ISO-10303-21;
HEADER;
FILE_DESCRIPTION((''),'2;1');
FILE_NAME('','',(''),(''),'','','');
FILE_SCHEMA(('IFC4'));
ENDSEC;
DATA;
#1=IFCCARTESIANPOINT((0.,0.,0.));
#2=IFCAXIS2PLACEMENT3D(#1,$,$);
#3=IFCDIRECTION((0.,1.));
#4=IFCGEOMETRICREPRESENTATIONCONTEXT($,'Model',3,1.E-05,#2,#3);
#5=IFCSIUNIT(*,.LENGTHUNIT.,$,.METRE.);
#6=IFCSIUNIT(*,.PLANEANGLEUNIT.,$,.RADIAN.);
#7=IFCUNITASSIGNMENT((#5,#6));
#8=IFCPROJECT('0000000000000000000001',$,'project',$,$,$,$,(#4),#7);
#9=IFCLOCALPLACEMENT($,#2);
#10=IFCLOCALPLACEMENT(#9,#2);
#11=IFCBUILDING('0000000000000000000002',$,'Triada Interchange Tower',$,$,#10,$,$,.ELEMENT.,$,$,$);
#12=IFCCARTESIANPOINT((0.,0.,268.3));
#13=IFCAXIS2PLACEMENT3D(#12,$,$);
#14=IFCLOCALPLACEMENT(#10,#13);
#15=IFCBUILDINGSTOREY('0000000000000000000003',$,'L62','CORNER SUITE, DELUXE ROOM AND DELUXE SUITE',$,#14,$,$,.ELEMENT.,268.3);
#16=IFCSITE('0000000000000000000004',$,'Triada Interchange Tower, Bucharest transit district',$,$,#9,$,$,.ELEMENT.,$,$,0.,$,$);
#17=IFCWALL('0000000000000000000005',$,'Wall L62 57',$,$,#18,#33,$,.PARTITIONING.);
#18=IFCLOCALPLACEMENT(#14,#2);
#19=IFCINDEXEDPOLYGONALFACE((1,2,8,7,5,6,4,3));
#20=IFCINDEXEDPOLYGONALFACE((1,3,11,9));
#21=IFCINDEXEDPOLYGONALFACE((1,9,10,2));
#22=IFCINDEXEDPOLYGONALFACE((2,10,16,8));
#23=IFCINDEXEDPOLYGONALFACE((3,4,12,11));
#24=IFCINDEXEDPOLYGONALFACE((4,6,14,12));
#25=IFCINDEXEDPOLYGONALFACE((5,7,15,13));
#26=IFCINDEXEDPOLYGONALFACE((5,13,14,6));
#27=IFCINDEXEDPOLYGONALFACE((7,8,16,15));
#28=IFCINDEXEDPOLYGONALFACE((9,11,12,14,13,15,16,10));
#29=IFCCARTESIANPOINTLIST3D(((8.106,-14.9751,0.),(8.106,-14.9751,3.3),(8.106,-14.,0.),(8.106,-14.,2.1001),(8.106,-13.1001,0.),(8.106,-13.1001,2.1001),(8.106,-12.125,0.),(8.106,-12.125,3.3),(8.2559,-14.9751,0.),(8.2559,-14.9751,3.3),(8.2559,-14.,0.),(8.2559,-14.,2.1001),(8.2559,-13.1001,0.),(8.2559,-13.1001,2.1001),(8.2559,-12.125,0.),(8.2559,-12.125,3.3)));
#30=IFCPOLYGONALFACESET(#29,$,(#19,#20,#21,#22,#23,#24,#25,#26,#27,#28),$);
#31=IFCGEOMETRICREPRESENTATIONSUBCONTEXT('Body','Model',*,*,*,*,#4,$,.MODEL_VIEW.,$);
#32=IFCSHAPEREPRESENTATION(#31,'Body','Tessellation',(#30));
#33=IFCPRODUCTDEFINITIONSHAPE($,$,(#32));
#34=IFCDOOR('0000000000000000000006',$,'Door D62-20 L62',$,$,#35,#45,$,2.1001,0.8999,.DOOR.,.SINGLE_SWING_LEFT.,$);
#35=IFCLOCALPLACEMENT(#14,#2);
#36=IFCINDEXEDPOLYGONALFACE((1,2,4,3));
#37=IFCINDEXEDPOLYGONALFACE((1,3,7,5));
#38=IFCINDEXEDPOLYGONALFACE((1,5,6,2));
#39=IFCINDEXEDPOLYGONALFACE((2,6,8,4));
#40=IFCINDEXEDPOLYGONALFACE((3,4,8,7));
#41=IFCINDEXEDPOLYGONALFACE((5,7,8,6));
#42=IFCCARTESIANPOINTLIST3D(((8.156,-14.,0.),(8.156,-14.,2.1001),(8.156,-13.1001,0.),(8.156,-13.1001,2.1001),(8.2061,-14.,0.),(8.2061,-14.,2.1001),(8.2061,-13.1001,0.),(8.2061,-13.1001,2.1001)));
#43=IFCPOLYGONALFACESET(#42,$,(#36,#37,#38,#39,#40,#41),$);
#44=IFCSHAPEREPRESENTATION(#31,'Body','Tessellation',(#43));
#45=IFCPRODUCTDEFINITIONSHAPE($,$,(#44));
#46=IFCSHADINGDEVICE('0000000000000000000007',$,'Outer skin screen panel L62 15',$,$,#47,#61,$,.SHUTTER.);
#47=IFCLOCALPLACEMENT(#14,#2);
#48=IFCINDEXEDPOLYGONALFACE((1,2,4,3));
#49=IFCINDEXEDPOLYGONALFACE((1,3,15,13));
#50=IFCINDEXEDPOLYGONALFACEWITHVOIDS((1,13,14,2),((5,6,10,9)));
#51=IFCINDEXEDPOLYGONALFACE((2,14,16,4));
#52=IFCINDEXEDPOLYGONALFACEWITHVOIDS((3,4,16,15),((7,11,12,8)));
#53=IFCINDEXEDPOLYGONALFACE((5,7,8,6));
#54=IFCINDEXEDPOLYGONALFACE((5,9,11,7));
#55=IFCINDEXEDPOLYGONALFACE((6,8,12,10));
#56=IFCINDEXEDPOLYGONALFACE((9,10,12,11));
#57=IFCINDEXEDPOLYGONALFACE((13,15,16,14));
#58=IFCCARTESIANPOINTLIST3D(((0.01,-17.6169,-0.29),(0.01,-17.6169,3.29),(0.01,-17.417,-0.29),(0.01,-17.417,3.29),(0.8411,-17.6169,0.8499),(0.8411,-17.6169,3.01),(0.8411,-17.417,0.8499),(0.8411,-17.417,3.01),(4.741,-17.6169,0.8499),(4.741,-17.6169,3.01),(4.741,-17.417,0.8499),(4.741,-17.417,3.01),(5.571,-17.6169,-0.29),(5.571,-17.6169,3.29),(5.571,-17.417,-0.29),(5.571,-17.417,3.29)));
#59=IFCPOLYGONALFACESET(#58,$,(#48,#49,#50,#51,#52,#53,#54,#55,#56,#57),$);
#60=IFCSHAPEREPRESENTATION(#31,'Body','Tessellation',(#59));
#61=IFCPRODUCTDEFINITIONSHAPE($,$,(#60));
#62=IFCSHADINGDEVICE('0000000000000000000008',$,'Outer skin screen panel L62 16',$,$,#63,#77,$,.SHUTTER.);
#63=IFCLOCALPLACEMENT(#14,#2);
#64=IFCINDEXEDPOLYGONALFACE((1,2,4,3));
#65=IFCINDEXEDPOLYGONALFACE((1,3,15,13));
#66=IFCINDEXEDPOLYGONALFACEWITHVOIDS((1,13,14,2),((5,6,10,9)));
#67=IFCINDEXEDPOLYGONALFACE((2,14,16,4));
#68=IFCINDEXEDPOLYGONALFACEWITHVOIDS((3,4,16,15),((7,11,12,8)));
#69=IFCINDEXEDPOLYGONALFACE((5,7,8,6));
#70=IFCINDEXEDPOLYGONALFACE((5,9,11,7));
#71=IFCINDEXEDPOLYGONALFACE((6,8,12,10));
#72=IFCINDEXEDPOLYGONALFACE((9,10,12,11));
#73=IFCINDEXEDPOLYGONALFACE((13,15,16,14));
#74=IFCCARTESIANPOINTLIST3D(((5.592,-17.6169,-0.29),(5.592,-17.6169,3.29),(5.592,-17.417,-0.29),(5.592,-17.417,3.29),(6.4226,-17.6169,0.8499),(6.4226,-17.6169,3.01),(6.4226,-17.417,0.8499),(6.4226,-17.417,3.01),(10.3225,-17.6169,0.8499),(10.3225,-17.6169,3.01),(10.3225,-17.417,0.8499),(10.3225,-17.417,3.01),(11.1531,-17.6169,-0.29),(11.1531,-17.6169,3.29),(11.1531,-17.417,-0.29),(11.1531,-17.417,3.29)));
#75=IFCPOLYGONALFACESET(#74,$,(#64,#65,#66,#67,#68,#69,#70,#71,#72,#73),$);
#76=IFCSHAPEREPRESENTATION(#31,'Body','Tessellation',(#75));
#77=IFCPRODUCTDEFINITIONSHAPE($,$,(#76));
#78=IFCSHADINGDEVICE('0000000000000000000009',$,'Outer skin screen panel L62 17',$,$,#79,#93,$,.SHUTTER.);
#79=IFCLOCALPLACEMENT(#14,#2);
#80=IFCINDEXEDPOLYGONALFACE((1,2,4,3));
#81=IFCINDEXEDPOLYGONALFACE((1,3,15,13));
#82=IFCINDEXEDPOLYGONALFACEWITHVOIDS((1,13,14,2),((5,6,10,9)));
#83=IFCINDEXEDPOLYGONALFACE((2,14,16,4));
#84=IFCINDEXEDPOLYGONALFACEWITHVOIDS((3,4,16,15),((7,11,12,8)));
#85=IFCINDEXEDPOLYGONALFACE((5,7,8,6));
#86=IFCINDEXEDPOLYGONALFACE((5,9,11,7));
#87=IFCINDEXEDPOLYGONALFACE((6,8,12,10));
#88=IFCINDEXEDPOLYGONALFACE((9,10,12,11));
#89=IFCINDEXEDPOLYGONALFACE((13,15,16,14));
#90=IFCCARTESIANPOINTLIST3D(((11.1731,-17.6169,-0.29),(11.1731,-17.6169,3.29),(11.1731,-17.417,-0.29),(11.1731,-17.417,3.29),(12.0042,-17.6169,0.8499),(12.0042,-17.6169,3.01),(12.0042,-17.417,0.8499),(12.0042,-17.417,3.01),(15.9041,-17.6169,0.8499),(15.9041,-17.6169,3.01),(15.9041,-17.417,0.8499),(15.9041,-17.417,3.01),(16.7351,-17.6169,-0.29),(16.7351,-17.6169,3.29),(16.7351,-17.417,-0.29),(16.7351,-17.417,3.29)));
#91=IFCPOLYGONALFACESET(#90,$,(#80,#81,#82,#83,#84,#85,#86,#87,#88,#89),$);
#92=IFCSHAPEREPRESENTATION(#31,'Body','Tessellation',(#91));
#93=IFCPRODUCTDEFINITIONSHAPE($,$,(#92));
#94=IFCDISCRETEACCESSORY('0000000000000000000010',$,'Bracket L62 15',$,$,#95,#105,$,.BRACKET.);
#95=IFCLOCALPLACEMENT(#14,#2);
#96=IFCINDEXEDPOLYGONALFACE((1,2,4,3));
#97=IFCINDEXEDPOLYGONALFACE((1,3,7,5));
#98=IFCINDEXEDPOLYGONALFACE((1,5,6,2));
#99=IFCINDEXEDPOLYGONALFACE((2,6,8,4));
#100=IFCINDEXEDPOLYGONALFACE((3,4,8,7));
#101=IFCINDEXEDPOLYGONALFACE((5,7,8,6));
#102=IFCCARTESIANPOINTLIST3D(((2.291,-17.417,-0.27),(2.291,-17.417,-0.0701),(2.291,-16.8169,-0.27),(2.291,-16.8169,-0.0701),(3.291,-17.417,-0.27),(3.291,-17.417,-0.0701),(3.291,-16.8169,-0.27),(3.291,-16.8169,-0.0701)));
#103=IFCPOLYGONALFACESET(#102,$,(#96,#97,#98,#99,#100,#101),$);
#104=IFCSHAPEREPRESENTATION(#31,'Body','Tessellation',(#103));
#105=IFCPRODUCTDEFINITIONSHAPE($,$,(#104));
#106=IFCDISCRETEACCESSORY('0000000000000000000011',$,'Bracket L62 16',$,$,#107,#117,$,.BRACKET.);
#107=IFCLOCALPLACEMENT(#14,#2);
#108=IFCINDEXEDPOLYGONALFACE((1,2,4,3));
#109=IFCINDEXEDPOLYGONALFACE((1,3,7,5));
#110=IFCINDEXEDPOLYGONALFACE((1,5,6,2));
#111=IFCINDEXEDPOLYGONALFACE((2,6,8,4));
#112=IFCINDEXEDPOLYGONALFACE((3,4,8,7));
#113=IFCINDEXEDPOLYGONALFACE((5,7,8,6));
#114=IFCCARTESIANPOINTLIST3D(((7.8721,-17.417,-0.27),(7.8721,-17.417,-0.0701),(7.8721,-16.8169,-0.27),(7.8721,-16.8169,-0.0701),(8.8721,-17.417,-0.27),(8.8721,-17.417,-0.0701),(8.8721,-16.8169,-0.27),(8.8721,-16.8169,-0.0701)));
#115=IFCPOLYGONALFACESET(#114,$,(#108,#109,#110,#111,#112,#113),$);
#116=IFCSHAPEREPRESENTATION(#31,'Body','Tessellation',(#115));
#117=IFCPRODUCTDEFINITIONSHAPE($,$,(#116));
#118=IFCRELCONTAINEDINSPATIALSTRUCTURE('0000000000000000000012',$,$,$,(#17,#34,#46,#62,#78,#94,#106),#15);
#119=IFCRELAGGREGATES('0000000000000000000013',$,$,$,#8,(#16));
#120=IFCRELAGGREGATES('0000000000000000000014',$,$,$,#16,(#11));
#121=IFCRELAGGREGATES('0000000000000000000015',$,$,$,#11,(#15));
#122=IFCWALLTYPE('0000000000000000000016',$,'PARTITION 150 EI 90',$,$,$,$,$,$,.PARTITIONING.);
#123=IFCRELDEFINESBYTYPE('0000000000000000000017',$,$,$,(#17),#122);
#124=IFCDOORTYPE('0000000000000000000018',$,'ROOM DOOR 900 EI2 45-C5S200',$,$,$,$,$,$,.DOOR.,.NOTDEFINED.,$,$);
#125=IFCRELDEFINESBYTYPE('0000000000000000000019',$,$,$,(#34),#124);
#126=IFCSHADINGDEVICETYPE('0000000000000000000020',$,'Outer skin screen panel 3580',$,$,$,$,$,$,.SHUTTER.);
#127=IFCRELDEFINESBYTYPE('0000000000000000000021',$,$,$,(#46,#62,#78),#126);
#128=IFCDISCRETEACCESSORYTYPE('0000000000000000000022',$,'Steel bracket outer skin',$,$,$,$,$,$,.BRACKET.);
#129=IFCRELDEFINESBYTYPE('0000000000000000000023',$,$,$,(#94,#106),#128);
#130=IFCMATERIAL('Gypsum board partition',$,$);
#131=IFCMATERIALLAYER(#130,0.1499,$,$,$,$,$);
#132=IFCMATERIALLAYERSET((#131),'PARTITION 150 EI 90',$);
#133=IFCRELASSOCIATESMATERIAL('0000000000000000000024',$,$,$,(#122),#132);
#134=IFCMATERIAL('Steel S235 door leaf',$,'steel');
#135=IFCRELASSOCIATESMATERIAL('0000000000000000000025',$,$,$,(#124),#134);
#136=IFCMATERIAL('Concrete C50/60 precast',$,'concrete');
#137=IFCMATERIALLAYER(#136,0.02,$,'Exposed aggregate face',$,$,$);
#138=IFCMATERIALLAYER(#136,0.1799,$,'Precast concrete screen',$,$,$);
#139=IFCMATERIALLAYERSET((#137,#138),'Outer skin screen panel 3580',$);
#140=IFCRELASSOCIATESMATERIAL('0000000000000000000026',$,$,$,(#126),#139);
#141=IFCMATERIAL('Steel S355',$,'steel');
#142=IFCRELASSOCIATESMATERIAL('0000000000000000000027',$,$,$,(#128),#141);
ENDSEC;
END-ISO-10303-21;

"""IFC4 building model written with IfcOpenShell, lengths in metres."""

from ifc_helpers import new_model, si_unit, direction, frame, frame_2d, origin, origin_2d, place, context, subcontext, project, spatial, polyline, rectangle, outline, extrude, material, layer, layer_set, type_object, element, fill, save


model = new_model("IFC4")

# Units and contexts
model_context = context("Model", 3, precision=1e-05, world=origin(), true_north=direction((0.0, 1.0)))
body_context = subcontext(model_context, "Body", "Model", "MODEL_VIEW")
ifc_project = project(units=[si_unit("LENGTHUNIT", "METRE"), si_unit("PLANEANGLEUNIT", "RADIAN")], contexts=[model_context])

# Site, building, storey
site_placement = place(None, origin())
site = spatial("IfcSite", under=ifc_project, at=site_placement, Name="Triada Interchange Tower, Bucharest transit district", CompositionType="ELEMENT", RefElevation=0.0)
building_placement = place(site_placement, origin())
building = spatial("IfcBuilding", under=site, at=building_placement, Name="Triada Interchange Tower", CompositionType="ELEMENT")
storey_placement = place(building_placement, frame((0.0, 0.0, 268.3)))
storey = spatial("IfcBuildingStorey", under=building, at=storey_placement, Name="L62", Description="CORNER SUITE, DELUXE ROOM AND DELUXE SUITE", CompositionType="ELEMENT", Elevation=268.3)

# Shared definitions
ifc_material_1 = material(Name="Steel S235 door leaf", Category="steel")

# Shared definitions
ifc_material_2 = material(Name="Gypsum board partition")
ifc_layer_1 = layer(ifc_material_2, 0.1499)
ifc_layer_set_1 = layer_set([ifc_layer_1], Name="PARTITION 150 EI 90")
wall_type_1 = type_object("IfcWallType", Name="PARTITION 150 EI 90", PredefinedType="PARTITIONING", material=ifc_layer_set_1)

# Wall, opening, door
wall_1_placement = place(storey_placement, frame((8.1809, -14.9751, 0.0), z_axis=(0.0, 0.0, 1.0), x_axis=(0.0, 1.0, 0.0)))
wall_1 = element("IfcWall", 1, at=wall_1_placement, inside=storey, type_object=wall_type_1, Name="Wall L62 57", PredefinedType="PARTITIONING", context=body_context, shape_type="SweptSolid", body=[
    extrude(rectangle(XDim=2.8501, YDim=0.1499, at=frame_2d((1.425, 0.0))), origin(), (0.0, 0.0, 1.0), 3.3),
])
opening_1_placement = place(wall_1_placement, frame((0.9751, 0.0, 0.0)))
opening_1 = element("IfcOpeningElement", 2, at=opening_1_placement, cuts=wall_1, PredefinedType="OPENING", context=body_context, shape_type="SweptSolid", body=[
    extrude(rectangle(XDim=0.8999, YDim=2.1001, at=frame_2d((0.45, 1.05))), frame((0.0, 0.085, 0.0), z_axis=(0.0, -1.0, 0.0), x_axis=(1.0, 0.0, 0.0)), (0.0, 0.0, 1.0), 0.1699),
])
door_type_1 = type_object("IfcDoorType", Name="ROOM DOOR 900 EI2 45-C5S200", OperationType="NOTDEFINED", PredefinedType="DOOR", material=ifc_material_1)
door_1_placement = place(opening_1_placement, origin())
door_1 = element("IfcDoor", 3, at=door_1_placement, inside=storey, type_object=door_type_1, Name="Door D62-20 L62", OperationType="SINGLE_SWING_LEFT", OverallHeight=2.1001, OverallWidth=0.8999, PredefinedType="DOOR", context=body_context, shape_type="SweptSolid", body=[
    extrude(rectangle(XDim=0.8999, YDim=2.1001, at=frame_2d((0.45, 1.05))), frame((0.0, 0.0249, 0.0), z_axis=(0.0, -1.0, 0.0), x_axis=(1.0, 0.0, 0.0)), (0.0, 0.0, 1.0), 0.05),
])
fill(opening_1, door_1)

# Shading devices
ifc_material_3 = material(Name="Concrete C50/60 precast", Category="concrete")
ifc_layer_2 = layer(ifc_material_3, 0.02, Name="Exposed aggregate face")
ifc_layer_3 = layer(ifc_material_3, 0.1799, Name="Precast concrete screen")
ifc_layer_set_2 = layer_set([ifc_layer_2, ifc_layer_3], Name="Outer skin screen panel 3580")
shading_device_type = type_object("IfcShadingDeviceType", Name="Outer skin screen panel 3580", PredefinedType="SHUTTER", material=ifc_layer_set_2)
shading_device_1_placement = place(storey_placement, frame((0.01, -17.417, -0.29), z_axis=(0.0, 0.0, 1.0), x_axis=(1.0, 0.0, 0.0)))
element("IfcShadingDevice", 4, at=shading_device_1_placement, inside=storey, type_object=shading_device_type, Name="Outer skin screen panel L62 15", PredefinedType="SHUTTER", context=body_context, shape_type="SweptSolid", body=[
    extrude(outline(polyline([(0.0, 0.0), (5.561, 0.0), (5.561, 3.5801), (0.0, 3.5801), (0.0, 0.0)]), holes=[polyline([(0.8311, 1.1399), (0.8311, 3.3), (4.731, 3.3), (4.731, 1.1399), (0.8311, 1.1399)])]), frame((0.0, 0.0, 0.0), z_axis=(0.0, -1.0, 0.0), x_axis=(1.0, 0.0, 0.0)), (0.0, 0.0, 1.0), 0.2),
])
shading_device_2_placement = place(storey_placement, frame((5.592, -17.417, -0.29), z_axis=(0.0, 0.0, 1.0), x_axis=(1.0, 0.0, 0.0)))
element("IfcShadingDevice", 5, at=shading_device_2_placement, inside=storey, type_object=shading_device_type, Name="Outer skin screen panel L62 16", PredefinedType="SHUTTER", context=body_context, shape_type="SweptSolid", body=[
    extrude(outline(polyline([(0.0, 0.0), (5.561, 0.0), (5.561, 3.5801), (0.0, 3.5801), (0.0, 0.0)]), holes=[polyline([(0.8306, 1.1399), (0.8306, 3.3), (4.7305, 3.3), (4.7305, 1.1399), (0.8306, 1.1399)])]), frame((0.0, 0.0, 0.0), z_axis=(0.0, -1.0, 0.0), x_axis=(1.0, 0.0, 0.0)), (0.0, 0.0, 1.0), 0.2),
])
shading_device_3_placement = place(storey_placement, frame((11.1731, -17.417, -0.29), z_axis=(0.0, 0.0, 1.0), x_axis=(1.0, 0.0, 0.0)))
element("IfcShadingDevice", 6, at=shading_device_3_placement, inside=storey, type_object=shading_device_type, Name="Outer skin screen panel L62 17", PredefinedType="SHUTTER", context=body_context, shape_type="SweptSolid", body=[
    extrude(outline(polyline([(0.0, 0.0), (5.562, 0.0), (5.562, 3.5801), (0.0, 3.5801), (0.0, 0.0)]), holes=[polyline([(0.8311, 1.1399), (0.8311, 3.3), (4.731, 3.3), (4.731, 1.1399), (0.8311, 1.1399)])]), frame((0.0, 0.0, 0.0), z_axis=(0.0, -1.0, 0.0), x_axis=(1.0, 0.0, 0.0)), (0.0, 0.0, 1.0), 0.2),
])

# Discrete accessories
ifc_material_4 = material(Name="Steel S355", Category="steel")
discrete_accessory_type = type_object("IfcDiscreteAccessoryType", Name="Steel bracket outer skin", PredefinedType="BRACKET", material=ifc_material_4)
for number, where, z_axis, x_axis, name in (
    (7, (2.791, -17.1169, -0.27), (0.0, 0.0, 1.0), (0.0, -1.0, 0.0), "Bracket L62 15"),
    (8, (8.3721, -17.1169, -0.27), (0.0, 0.0, 1.0), (0.0, -1.0, 0.0), "Bracket L62 16"),
):
    element("IfcDiscreteAccessory", number, at=place(storey_placement, frame(where, z_axis=z_axis, x_axis=x_axis)), inside=storey, type_object=discrete_accessory_type, Name=name, PredefinedType="BRACKET", context=body_context, shape_type="SweptSolid", body=[
        extrude(rectangle(XDim=0.6001, YDim=1.0, at=origin_2d()), origin(), (0.0, 0.0, 1.0), 0.2),
    ])

save(model, "model.ifc")
